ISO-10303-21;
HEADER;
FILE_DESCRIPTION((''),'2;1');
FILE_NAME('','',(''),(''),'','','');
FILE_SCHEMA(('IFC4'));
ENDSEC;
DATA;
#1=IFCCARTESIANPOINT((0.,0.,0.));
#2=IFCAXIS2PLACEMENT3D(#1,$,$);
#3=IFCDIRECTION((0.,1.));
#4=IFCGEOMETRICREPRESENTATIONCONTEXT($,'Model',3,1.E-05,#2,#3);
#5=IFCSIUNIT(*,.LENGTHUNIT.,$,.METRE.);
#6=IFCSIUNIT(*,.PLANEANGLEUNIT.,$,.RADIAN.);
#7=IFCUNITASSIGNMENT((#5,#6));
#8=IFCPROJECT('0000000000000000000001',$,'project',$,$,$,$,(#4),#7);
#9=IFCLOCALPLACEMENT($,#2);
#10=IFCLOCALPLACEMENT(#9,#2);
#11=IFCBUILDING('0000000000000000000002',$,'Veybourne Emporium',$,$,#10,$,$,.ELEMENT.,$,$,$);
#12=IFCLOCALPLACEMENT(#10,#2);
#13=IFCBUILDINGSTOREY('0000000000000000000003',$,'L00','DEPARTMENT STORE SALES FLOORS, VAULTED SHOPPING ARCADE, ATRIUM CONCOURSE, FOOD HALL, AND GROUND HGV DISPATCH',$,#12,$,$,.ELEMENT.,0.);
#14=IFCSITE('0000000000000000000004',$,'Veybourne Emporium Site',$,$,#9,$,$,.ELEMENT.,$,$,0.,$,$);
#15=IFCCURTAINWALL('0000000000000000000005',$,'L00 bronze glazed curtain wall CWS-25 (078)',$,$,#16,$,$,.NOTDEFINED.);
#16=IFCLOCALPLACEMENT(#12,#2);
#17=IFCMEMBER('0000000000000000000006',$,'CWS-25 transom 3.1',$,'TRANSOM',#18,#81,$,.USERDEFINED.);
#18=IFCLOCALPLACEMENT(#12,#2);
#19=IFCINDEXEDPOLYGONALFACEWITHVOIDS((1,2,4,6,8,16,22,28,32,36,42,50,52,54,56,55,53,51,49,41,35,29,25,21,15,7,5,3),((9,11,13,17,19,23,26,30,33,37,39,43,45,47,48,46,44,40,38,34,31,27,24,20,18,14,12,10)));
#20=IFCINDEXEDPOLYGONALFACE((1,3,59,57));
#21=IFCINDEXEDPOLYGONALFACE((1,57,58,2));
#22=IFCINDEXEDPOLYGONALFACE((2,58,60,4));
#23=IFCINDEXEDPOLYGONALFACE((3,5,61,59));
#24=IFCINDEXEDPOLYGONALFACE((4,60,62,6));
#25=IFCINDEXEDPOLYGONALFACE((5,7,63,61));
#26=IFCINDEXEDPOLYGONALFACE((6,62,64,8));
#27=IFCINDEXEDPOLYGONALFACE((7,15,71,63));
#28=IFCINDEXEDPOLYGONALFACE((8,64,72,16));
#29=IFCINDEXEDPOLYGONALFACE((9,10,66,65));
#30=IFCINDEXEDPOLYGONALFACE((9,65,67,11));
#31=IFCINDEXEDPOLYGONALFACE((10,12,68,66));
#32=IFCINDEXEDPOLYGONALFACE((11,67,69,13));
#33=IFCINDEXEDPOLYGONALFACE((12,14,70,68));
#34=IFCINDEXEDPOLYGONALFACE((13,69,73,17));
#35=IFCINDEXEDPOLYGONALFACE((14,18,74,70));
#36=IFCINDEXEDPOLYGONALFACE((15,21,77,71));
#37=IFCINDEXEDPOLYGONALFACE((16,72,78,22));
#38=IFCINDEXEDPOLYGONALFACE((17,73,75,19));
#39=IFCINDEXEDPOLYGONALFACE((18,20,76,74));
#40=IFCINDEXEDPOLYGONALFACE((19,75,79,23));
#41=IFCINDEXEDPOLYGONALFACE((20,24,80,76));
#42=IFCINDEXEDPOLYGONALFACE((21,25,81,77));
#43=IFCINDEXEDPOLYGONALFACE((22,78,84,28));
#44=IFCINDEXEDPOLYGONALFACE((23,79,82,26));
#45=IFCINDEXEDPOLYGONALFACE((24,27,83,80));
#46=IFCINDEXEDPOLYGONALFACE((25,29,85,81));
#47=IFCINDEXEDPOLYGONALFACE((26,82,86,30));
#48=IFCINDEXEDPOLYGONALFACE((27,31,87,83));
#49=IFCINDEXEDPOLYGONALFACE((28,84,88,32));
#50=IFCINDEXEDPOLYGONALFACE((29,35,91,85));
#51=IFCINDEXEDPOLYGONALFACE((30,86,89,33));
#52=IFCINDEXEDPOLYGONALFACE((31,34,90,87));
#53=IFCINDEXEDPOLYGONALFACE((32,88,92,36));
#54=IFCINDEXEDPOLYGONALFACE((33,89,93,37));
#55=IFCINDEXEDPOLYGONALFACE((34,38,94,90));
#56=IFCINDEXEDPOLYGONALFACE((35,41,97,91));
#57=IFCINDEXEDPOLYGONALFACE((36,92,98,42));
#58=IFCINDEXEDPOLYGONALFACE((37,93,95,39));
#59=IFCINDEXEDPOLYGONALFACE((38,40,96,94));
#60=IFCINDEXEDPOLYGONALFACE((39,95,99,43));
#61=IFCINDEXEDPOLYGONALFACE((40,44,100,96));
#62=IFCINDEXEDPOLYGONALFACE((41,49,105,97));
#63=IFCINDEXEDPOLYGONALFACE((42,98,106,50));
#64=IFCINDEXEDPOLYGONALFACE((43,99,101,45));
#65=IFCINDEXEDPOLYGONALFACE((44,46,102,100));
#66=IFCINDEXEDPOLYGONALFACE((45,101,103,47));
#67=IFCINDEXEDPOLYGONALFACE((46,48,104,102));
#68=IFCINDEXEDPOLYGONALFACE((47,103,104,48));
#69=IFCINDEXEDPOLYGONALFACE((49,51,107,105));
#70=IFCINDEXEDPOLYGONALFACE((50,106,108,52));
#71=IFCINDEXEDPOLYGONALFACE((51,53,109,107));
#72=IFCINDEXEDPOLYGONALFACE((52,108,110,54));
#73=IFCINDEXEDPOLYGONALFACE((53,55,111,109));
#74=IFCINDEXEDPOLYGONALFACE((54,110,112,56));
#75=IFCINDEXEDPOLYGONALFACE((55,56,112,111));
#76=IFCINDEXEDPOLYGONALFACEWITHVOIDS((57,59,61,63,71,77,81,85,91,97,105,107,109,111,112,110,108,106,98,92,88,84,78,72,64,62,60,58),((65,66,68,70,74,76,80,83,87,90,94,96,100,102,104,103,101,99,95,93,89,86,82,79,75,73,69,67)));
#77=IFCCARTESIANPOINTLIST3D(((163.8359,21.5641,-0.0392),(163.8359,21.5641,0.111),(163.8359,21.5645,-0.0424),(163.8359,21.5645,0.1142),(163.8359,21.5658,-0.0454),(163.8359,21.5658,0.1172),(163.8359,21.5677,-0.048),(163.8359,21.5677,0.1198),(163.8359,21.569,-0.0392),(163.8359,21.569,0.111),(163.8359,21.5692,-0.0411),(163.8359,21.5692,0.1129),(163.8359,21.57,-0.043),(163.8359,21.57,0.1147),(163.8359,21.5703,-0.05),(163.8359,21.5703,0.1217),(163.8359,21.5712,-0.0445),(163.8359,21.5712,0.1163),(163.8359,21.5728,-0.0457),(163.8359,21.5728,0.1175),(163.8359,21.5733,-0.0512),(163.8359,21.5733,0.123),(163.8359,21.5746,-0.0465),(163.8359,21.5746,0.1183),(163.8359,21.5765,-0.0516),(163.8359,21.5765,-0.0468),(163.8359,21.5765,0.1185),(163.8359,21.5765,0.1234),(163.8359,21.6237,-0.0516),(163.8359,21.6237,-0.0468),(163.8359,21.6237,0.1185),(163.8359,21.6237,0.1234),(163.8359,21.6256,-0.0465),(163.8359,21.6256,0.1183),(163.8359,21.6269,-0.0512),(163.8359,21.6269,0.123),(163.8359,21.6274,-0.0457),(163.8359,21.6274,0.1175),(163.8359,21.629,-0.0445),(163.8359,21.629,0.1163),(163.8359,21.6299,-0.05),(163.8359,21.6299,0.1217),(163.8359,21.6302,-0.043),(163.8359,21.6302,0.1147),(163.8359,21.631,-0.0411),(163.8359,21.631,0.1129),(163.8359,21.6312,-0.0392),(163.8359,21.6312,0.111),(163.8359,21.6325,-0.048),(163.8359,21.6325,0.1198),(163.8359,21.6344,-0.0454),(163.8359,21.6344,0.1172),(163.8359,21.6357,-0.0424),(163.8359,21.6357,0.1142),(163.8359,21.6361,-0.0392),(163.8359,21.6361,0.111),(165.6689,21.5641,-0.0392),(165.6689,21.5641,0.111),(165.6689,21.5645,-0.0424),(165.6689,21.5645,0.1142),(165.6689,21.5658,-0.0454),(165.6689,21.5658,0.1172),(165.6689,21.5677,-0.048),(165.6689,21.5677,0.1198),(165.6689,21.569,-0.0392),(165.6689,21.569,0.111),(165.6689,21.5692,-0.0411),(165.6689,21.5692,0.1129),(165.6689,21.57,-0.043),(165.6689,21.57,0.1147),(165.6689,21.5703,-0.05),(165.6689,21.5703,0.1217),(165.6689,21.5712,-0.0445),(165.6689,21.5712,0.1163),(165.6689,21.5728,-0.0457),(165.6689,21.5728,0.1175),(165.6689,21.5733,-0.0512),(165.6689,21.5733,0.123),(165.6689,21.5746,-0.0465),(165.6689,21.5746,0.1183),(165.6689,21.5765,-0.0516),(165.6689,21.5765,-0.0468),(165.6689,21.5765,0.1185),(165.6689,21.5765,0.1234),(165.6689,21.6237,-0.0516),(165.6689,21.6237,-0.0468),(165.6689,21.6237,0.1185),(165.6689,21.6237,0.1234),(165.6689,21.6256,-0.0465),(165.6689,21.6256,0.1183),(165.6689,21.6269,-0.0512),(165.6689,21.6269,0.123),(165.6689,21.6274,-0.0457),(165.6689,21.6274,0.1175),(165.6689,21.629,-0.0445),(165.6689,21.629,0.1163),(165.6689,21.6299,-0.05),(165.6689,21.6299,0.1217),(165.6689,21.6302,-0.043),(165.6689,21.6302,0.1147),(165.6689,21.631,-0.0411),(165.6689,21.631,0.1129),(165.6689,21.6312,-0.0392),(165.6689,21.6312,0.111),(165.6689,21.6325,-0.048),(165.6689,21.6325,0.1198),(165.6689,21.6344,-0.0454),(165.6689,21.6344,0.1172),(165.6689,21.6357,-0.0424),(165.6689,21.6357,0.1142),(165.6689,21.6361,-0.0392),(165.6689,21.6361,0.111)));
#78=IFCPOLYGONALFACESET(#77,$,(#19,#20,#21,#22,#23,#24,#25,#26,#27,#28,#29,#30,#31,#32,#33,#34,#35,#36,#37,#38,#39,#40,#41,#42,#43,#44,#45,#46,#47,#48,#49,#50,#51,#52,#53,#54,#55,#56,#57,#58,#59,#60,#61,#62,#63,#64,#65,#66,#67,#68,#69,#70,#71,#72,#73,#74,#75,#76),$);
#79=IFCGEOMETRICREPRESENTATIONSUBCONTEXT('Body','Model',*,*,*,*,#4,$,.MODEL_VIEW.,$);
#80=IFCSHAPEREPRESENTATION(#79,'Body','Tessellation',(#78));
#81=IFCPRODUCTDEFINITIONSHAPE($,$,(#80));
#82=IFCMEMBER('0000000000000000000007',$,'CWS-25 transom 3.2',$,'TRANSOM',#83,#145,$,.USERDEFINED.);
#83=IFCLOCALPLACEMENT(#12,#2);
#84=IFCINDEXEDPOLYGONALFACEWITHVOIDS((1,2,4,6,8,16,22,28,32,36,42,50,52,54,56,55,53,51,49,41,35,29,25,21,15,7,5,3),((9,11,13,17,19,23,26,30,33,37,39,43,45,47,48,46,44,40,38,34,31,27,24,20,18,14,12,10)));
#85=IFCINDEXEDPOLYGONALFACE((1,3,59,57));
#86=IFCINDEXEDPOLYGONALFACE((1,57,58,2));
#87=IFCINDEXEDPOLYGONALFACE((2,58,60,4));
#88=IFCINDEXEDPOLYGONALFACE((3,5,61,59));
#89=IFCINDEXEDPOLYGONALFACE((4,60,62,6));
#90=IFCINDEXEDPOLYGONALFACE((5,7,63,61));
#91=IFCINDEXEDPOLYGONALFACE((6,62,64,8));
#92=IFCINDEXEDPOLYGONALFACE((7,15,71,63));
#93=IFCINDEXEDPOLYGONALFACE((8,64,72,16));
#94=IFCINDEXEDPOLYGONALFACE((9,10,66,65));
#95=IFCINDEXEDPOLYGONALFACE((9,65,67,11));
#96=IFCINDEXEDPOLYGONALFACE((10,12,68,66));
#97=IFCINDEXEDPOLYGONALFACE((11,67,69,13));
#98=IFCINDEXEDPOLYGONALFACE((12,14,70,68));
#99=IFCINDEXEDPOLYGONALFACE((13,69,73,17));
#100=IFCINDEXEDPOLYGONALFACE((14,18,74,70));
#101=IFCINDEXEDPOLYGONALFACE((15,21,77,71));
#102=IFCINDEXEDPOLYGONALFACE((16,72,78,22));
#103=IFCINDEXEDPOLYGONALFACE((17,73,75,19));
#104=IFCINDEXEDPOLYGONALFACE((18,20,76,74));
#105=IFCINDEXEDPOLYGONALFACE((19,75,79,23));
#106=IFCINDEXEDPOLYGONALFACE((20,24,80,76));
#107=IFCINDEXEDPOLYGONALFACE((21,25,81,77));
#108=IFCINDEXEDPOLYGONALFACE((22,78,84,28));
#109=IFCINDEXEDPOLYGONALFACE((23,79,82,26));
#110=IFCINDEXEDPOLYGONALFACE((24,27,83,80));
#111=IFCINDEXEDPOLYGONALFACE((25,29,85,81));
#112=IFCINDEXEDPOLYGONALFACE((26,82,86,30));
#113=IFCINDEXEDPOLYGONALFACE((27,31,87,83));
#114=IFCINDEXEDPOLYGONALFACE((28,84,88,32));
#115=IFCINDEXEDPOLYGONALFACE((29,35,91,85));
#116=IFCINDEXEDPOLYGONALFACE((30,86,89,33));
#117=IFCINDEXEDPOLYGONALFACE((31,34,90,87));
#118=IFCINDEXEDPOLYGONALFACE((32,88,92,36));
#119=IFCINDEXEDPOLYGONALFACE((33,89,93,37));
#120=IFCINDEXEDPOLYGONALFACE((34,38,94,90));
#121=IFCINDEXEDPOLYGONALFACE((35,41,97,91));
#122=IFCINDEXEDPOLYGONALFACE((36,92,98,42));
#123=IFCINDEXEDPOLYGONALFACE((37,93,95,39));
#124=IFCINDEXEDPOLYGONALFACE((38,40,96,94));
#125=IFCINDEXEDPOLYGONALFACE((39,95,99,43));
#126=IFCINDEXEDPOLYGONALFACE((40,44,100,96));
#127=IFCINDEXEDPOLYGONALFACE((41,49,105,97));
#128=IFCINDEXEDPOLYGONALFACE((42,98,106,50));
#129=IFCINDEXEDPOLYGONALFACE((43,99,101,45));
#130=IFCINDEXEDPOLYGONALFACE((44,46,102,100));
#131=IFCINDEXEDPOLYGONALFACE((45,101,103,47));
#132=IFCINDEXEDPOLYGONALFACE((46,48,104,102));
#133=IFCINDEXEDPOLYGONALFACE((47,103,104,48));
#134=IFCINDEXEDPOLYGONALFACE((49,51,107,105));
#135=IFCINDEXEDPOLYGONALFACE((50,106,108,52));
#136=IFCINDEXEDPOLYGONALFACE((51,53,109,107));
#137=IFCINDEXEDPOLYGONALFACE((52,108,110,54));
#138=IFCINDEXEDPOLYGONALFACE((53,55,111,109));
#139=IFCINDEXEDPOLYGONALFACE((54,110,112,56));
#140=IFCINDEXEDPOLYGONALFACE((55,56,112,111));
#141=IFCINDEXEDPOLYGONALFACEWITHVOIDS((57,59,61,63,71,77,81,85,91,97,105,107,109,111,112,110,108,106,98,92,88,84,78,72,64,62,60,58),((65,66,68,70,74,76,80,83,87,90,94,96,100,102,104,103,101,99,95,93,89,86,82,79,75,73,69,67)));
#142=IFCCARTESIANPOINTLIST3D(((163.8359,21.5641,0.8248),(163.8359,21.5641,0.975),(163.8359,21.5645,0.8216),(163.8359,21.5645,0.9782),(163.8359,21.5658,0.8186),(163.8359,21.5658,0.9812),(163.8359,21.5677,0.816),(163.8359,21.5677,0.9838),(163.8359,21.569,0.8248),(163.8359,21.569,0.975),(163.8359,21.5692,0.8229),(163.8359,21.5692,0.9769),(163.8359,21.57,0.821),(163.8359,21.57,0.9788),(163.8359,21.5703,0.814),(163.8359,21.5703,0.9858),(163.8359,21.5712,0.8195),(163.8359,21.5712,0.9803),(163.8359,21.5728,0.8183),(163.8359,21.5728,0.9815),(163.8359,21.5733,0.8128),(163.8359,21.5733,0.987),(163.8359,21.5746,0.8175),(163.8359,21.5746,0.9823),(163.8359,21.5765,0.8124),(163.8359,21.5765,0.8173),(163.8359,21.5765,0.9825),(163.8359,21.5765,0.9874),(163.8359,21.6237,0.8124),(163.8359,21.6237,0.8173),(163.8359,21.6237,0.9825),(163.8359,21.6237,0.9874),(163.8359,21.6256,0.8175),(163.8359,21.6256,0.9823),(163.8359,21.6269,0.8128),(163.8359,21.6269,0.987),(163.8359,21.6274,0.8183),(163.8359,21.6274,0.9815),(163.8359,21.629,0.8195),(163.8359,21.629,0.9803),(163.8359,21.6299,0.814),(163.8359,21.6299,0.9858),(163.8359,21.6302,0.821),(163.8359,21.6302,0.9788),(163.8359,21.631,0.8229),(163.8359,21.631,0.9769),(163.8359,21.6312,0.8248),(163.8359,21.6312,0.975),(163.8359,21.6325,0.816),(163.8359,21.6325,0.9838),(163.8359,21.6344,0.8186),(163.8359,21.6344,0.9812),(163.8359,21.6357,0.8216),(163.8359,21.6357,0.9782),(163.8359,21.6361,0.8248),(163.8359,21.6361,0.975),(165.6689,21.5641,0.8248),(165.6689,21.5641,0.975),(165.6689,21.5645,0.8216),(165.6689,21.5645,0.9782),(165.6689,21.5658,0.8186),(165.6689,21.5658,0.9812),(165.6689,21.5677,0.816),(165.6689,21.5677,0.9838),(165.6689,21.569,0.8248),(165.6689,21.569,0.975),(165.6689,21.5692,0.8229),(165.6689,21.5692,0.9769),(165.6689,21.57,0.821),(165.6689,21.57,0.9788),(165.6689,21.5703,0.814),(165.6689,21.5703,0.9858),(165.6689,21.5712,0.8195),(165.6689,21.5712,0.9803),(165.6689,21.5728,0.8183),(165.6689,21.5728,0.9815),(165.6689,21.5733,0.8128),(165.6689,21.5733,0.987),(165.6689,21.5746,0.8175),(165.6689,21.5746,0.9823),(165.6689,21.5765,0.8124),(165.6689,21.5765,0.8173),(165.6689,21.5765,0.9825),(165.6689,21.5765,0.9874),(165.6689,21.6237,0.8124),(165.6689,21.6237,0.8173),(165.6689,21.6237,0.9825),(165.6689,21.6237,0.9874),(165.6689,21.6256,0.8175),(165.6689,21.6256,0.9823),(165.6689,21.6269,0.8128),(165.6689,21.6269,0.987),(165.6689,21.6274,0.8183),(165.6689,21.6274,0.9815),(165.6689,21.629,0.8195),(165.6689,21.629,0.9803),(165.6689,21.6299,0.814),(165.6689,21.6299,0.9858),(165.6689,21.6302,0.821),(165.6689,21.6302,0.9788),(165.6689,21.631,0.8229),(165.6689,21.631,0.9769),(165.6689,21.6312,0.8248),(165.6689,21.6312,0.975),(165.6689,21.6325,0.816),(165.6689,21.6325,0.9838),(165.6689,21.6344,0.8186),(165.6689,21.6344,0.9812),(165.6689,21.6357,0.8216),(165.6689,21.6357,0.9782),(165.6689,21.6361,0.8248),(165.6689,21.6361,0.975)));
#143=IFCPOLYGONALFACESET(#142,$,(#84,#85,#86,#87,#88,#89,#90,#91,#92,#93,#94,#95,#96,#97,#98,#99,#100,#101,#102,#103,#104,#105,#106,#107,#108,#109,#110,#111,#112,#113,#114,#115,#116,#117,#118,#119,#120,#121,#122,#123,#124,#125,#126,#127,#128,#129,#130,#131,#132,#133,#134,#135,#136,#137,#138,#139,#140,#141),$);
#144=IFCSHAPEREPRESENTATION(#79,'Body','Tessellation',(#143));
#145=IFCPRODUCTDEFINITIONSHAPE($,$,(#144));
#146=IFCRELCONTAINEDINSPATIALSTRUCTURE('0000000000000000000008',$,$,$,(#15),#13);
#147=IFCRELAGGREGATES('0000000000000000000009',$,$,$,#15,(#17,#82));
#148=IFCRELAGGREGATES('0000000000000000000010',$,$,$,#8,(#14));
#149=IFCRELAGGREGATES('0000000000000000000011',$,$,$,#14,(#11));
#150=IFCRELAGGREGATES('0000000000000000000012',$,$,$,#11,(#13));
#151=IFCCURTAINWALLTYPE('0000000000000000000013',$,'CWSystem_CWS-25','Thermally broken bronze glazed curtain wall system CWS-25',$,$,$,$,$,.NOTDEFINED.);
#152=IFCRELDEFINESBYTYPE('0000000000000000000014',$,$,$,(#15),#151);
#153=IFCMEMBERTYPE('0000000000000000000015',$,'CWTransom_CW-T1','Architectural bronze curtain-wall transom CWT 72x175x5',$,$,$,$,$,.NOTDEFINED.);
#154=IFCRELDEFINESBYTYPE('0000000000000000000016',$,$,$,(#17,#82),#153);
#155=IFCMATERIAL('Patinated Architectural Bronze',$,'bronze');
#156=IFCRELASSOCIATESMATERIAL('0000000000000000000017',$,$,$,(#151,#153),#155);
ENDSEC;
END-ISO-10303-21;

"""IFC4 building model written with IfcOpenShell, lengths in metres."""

from ifc_helpers import new_model, si_unit, direction, frame, origin, origin_2d, place, context, subcontext, project, spatial, hollow_rectangle, extrude, material, material_profile, profile_set, type_object, element, aggregate, save


model = new_model("IFC4")

# Units and contexts
model_context = context("Model", 3, precision=1e-05, world=origin(), true_north=direction((0.0, 1.0)))
body_context = subcontext(model_context, "Body", "Model", "MODEL_VIEW")
ifc_project = project(units=[si_unit("LENGTHUNIT", "METRE"), si_unit("PLANEANGLEUNIT", "RADIAN")], contexts=[model_context])

# Site, building, storey
site_placement = place(None, origin())
site = spatial("IfcSite", under=ifc_project, at=site_placement, Name="Veybourne Emporium Site", CompositionType="ELEMENT", RefElevation=0.0)
building_placement = place(site_placement, origin())
building = spatial("IfcBuilding", under=site, at=building_placement, Name="Veybourne Emporium", CompositionType="ELEMENT")
storey_placement = place(building_placement, origin())
storey = spatial("IfcBuildingStorey", under=building, at=storey_placement, Name="L00", Description="DEPARTMENT STORE SALES FLOORS, VAULTED SHOPPING ARCADE, ATRIUM CONCOURSE, FOOD HALL, AND GROUND HGV DISPATCH", CompositionType="ELEMENT", Elevation=0.0)

# Curtain wall
ifc_material_1 = material(Name="Patinated Architectural Bronze", Category="bronze")
curtain_wall_type_1 = type_object("IfcCurtainWallType", Name="CWSystem_CWS-25", Description="Thermally broken bronze glazed curtain wall system CWS-25", PredefinedType="NOTDEFINED", material=ifc_material_1)
curtain_wall_1_placement = place(storey_placement, origin())
curtain_wall_1 = element("IfcCurtainWall", 1, at=curtain_wall_1_placement, inside=storey, type_object=curtain_wall_type_1, Name="L00 bronze glazed curtain wall CWS-25 (078)", PredefinedType="NOTDEFINED")

# Members
ifc_material_profile_1 = material_profile(ifc_material_1, hollow_rectangle(XDim=0.072, YDim=0.175, WallThickness=0.0049, InnerFilletRadius=0.0076, OuterFilletRadius=0.0125, at=origin_2d()), Name="CWT 72x175x5")
ifc_profile_set_1 = profile_set([ifc_material_profile_1], Name="Patinated Architectural Bronze")
member_type_1 = type_object("IfcMemberType", Name="CWTransom_CW-T1", Description="Architectural bronze curtain-wall transom CWT 72x175x5", PredefinedType="NOTDEFINED", material=ifc_profile_set_1)
member_1_placement = place(storey_placement, frame((163.8359, 21.6001, 0.0359), z_axis=(1.0, 0.0, 0.0), x_axis=(0.0, 1.0, 0.0)))
member_1 = element("IfcMember", 2, at=member_1_placement, type_object=member_type_1, Name="CWS-25 transom 3.1", ObjectType="TRANSOM", PredefinedType="USERDEFINED", context=body_context, shape_type="SweptSolid", body=[
    extrude(hollow_rectangle(XDim=0.072, YDim=0.175, WallThickness=0.0049, InnerFilletRadius=0.0076, OuterFilletRadius=0.0125, at=origin_2d()), origin(), (0.0, 0.0, 1.0), 1.833),
])
member_2_placement = place(storey_placement, frame((163.8359, 21.6001, 0.8999), z_axis=(1.0, 0.0, 0.0), x_axis=(0.0, 1.0, 0.0)))
member_2 = element("IfcMember", 3, at=member_2_placement, type_object=member_type_1, Name="CWS-25 transom 3.2", ObjectType="TRANSOM", PredefinedType="USERDEFINED", context=body_context, shape_type="SweptSolid", body=[
    extrude(hollow_rectangle(XDim=0.072, YDim=0.175, WallThickness=0.0049, InnerFilletRadius=0.0076, OuterFilletRadius=0.0125, at=origin_2d()), origin(), (0.0, 0.0, 1.0), 1.833),
])

aggregate(curtain_wall_1, [member_1, member_2])

save(model, "model.ifc")
